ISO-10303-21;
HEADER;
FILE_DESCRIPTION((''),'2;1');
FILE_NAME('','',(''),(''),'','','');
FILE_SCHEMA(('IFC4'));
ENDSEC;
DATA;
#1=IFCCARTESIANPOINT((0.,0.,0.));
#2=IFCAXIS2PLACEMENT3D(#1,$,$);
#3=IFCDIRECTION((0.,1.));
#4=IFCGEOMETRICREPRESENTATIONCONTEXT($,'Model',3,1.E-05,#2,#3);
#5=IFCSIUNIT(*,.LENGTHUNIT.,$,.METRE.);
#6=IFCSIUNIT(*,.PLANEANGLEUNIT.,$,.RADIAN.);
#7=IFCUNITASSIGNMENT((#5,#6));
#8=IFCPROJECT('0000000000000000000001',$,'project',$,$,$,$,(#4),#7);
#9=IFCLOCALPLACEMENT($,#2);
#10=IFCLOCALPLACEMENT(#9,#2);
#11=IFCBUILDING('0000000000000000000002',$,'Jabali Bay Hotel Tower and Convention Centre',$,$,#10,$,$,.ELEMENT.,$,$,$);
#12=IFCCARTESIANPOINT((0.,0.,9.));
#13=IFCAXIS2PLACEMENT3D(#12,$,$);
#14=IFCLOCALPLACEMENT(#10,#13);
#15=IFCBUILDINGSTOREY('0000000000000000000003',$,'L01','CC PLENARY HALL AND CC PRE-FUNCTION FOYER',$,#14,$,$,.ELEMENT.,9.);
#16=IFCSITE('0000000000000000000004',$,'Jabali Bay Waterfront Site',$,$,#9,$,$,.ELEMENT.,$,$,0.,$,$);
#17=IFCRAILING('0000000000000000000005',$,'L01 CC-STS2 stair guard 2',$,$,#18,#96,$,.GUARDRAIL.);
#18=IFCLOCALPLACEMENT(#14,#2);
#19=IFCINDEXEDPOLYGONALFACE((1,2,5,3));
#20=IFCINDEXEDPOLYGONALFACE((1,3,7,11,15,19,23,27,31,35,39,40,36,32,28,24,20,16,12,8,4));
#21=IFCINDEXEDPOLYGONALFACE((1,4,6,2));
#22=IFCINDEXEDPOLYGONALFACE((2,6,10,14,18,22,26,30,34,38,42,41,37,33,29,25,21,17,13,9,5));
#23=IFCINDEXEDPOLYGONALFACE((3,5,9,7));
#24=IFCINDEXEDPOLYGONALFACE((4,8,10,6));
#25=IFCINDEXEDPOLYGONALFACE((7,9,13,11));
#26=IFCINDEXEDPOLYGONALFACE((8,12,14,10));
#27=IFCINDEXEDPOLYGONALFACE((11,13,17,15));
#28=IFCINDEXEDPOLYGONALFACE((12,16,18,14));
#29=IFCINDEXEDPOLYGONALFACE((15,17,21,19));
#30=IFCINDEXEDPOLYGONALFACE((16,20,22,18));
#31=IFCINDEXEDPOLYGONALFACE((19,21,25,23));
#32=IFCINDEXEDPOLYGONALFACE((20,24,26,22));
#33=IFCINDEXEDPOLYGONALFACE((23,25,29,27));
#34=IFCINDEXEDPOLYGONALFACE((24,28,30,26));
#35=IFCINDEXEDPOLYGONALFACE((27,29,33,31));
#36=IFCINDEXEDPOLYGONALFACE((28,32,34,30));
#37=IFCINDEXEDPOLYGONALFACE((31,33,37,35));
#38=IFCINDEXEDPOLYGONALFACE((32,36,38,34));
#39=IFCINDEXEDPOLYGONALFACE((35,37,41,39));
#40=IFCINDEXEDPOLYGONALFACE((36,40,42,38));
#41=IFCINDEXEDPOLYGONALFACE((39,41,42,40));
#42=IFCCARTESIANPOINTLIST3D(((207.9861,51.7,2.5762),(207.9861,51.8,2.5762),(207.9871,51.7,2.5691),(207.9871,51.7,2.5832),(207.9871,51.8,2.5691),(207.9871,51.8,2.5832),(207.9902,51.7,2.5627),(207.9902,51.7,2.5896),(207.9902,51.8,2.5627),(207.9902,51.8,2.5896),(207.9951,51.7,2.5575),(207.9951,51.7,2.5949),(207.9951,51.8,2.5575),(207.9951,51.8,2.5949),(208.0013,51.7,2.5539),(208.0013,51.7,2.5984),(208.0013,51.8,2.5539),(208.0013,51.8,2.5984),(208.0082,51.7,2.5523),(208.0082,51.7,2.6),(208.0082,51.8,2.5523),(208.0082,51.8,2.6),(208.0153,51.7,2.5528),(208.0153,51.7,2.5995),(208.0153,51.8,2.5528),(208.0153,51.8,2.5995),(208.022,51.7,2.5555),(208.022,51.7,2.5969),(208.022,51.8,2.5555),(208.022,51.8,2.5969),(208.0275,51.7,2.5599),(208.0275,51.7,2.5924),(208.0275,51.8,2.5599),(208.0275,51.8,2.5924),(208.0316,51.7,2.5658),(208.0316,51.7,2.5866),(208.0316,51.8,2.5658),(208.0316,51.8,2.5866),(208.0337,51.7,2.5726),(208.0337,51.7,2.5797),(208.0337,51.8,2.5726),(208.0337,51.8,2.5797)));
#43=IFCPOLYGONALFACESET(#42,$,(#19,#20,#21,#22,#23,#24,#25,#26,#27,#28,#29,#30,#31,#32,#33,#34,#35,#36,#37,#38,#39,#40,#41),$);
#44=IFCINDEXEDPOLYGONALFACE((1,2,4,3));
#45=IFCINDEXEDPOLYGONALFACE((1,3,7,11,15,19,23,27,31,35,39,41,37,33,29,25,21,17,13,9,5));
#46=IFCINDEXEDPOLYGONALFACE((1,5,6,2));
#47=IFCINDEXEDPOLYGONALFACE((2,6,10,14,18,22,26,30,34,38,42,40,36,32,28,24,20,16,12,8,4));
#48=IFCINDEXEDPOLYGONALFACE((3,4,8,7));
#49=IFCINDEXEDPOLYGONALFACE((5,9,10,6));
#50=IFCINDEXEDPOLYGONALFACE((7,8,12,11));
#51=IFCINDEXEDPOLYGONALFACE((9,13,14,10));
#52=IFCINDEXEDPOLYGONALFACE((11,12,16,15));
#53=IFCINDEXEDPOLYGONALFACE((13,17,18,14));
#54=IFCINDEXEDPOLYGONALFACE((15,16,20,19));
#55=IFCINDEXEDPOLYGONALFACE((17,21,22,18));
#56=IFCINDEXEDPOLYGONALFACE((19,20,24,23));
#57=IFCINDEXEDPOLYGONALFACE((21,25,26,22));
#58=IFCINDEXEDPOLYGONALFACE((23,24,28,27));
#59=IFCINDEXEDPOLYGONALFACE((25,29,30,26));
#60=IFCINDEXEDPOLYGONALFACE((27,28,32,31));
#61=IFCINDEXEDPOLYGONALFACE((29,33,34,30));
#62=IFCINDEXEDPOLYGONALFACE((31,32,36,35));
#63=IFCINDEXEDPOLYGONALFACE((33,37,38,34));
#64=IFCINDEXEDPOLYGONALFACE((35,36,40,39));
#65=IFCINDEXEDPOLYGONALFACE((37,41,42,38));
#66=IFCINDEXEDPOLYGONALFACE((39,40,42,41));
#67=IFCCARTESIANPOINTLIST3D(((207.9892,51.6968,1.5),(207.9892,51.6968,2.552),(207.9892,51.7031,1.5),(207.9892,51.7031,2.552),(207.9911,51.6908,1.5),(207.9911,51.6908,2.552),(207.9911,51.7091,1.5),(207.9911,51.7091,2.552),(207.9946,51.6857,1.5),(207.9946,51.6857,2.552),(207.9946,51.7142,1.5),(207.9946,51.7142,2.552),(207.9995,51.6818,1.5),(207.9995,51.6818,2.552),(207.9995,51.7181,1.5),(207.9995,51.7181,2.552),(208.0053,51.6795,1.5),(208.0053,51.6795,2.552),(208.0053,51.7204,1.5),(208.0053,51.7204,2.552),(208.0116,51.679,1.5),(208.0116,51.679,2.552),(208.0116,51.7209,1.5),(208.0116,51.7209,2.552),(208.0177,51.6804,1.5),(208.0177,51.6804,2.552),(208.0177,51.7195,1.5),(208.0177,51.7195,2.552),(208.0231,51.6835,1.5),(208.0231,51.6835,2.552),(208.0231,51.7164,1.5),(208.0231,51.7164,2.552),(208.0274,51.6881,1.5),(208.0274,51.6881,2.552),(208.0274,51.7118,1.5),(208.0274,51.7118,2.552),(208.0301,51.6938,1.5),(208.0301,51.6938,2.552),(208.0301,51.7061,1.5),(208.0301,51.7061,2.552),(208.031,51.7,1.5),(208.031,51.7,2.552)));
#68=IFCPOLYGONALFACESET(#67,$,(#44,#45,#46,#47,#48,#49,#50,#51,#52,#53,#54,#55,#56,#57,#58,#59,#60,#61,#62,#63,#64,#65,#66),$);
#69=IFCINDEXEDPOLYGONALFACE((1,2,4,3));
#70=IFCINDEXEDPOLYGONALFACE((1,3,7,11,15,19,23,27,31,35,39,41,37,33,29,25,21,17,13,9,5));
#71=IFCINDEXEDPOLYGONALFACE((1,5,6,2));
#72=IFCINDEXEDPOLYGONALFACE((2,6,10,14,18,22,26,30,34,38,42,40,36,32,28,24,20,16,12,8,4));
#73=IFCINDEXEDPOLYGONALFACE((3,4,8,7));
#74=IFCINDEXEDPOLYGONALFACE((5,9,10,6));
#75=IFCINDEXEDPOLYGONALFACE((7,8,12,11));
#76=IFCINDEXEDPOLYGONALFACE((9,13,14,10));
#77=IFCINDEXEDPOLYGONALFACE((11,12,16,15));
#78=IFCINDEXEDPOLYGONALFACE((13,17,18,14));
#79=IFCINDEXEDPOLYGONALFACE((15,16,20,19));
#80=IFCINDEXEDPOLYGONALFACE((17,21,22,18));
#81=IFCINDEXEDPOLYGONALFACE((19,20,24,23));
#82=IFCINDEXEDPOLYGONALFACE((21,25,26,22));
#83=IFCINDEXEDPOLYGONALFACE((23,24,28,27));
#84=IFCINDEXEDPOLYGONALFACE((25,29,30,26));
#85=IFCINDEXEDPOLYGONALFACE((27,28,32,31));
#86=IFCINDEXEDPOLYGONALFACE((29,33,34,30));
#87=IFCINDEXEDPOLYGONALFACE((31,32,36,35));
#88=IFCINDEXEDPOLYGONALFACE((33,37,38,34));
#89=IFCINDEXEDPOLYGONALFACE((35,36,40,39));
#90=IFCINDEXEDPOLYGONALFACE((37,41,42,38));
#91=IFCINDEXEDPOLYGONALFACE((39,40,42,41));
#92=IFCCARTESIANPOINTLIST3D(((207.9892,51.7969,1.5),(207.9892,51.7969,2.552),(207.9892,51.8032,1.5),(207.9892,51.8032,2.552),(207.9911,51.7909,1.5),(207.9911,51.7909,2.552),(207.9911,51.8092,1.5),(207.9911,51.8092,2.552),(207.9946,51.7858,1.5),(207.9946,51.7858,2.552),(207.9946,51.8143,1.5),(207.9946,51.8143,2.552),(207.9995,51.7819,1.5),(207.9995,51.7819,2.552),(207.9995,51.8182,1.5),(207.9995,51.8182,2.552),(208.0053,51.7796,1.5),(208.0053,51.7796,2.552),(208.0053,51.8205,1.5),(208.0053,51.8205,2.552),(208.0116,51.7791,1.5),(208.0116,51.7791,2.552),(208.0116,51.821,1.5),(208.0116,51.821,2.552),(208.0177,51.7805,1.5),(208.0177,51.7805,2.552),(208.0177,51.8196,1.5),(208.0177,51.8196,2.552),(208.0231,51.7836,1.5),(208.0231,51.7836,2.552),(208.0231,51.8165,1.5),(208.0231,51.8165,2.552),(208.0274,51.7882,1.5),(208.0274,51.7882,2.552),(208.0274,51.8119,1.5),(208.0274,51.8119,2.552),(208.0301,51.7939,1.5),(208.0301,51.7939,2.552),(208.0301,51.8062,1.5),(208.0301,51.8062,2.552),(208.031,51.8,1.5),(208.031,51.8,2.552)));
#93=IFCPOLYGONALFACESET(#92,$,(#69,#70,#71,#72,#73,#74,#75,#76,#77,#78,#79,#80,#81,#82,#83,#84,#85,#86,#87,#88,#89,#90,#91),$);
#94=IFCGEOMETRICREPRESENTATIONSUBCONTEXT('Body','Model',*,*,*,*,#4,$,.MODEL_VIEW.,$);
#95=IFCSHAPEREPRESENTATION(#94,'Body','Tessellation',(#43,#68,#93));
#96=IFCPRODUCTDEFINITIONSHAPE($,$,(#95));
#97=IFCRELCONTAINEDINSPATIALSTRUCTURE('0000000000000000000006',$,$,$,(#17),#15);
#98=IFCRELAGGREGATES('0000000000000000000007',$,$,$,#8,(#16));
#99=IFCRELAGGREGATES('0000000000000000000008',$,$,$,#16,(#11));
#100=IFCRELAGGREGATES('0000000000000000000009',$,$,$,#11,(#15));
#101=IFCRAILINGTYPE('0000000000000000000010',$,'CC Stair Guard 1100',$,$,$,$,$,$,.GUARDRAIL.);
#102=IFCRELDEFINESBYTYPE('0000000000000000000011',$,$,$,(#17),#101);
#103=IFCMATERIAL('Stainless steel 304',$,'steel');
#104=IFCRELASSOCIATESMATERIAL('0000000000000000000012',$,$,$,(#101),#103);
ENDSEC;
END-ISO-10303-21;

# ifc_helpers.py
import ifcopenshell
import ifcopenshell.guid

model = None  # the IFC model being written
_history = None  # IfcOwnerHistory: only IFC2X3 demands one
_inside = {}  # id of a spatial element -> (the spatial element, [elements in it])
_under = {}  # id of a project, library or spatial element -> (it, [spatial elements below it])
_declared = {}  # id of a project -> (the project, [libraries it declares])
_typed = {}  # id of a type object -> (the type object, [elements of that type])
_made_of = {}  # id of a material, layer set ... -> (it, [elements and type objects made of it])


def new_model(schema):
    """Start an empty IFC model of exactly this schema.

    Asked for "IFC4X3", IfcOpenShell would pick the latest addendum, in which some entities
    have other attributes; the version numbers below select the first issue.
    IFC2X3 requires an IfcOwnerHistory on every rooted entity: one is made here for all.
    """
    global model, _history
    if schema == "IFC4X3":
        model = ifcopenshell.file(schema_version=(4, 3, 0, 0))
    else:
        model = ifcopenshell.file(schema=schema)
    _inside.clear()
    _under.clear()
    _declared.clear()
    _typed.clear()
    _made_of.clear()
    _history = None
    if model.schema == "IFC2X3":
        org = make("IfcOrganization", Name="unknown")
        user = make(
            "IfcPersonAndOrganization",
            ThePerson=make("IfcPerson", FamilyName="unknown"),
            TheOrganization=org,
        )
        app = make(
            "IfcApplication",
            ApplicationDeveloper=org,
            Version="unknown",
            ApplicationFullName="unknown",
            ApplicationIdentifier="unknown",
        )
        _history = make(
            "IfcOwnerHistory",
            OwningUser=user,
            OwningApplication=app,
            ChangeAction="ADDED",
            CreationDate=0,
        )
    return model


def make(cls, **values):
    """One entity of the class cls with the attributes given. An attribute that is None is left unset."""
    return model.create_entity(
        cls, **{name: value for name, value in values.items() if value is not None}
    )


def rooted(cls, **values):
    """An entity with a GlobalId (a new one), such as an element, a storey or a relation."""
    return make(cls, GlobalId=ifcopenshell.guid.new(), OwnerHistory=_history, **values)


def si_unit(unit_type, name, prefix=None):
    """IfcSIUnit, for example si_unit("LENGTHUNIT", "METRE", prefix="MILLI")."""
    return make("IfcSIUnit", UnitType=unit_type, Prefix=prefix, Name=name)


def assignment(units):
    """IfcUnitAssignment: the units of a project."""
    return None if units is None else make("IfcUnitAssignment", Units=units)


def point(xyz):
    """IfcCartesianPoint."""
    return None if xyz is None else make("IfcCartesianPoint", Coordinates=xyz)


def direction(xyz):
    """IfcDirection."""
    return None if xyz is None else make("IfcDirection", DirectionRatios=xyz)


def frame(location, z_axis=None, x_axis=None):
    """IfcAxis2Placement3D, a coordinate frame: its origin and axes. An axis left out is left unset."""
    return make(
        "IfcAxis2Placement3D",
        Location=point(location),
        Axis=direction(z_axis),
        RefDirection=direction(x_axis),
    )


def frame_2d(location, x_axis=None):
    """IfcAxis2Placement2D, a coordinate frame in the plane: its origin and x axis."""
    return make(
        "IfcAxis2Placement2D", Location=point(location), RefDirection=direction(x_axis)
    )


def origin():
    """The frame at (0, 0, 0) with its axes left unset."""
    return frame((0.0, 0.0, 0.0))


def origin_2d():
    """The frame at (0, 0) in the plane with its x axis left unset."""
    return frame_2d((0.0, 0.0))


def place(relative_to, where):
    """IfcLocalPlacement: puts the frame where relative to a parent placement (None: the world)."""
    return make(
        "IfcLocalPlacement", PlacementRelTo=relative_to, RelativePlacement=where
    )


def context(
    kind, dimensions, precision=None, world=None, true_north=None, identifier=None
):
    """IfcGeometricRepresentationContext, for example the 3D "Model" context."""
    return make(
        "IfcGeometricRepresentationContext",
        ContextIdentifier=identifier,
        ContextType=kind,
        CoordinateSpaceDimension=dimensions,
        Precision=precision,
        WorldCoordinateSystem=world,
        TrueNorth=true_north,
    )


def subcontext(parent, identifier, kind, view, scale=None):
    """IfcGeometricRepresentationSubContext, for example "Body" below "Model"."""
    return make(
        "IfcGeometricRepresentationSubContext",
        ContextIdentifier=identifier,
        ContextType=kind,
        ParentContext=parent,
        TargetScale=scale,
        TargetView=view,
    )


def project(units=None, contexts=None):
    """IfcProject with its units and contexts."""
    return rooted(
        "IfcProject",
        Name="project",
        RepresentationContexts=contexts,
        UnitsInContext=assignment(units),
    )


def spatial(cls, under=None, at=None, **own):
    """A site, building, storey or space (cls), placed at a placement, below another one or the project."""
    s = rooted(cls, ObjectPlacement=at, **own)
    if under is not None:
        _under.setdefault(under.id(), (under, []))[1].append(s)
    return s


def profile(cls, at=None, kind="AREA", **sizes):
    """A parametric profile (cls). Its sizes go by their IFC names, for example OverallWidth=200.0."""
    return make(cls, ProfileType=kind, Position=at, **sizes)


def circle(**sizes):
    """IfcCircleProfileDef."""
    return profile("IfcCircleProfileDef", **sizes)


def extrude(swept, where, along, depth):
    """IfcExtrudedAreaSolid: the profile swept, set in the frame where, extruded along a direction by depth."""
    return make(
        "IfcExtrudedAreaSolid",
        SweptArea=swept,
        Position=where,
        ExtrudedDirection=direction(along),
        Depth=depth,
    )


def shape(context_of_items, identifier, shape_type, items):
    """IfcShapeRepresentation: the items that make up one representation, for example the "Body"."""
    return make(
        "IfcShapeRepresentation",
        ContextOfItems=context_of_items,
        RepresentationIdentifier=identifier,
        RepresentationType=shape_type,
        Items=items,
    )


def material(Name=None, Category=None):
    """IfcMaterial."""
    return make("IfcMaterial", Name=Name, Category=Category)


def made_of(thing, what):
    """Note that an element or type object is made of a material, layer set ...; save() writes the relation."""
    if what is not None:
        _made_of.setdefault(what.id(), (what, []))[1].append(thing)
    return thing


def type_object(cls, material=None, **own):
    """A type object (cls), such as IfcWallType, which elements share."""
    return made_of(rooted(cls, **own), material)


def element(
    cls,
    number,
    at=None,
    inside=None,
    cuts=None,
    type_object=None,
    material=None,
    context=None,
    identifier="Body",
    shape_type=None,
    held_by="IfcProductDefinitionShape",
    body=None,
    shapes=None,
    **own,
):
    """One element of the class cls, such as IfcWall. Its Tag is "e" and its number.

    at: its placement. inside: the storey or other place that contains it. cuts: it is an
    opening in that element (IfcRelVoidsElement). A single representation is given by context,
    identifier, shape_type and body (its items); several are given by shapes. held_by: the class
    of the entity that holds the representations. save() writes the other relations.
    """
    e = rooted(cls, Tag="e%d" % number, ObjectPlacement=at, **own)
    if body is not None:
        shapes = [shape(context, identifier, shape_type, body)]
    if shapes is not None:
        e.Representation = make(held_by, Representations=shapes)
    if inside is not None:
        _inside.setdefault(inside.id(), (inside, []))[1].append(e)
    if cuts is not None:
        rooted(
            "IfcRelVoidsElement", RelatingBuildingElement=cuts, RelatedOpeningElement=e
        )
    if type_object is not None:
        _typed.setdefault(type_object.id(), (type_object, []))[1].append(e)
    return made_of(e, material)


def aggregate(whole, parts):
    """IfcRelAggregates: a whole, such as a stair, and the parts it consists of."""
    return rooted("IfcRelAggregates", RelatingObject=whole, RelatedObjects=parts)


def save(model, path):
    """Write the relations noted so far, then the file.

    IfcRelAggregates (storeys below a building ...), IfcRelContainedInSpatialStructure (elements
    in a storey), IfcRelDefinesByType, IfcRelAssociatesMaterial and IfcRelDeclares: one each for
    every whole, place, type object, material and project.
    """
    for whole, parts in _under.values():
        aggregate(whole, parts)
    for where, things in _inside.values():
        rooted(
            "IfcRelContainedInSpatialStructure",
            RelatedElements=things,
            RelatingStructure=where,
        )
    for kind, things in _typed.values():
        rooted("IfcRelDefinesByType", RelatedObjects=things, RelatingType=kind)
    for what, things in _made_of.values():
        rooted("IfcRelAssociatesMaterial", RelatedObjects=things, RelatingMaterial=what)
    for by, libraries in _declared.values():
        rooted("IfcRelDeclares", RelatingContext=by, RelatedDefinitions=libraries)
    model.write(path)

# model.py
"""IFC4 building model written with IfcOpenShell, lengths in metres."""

from ifc_helpers import new_model, si_unit, direction, frame, origin, origin_2d, place, context, subcontext, project, spatial, circle, extrude, material, type_object, element, save


model = new_model("IFC4")

# Units and contexts
model_context = context("Model", 3, precision=1e-05, world=origin(), true_north=direction((0.0, 1.0)))
body_context = subcontext(model_context, "Body", "Model", "MODEL_VIEW")
ifc_project = project(units=[si_unit("LENGTHUNIT", "METRE"), si_unit("PLANEANGLEUNIT", "RADIAN")], contexts=[model_context])

# Site, building, storey
site_placement = place(None, origin())
site = spatial("IfcSite", under=ifc_project, at=site_placement, Name="Jabali Bay Waterfront Site", CompositionType="ELEMENT", RefElevation=0.0)
building_placement = place(site_placement, origin())
building = spatial("IfcBuilding", under=site, at=building_placement, Name="Jabali Bay Hotel Tower and Convention Centre", CompositionType="ELEMENT")
storey_placement = place(building_placement, frame((0.0, 0.0, 9.0)))
storey = spatial("IfcBuildingStorey", under=building, at=storey_placement, Name="L01", Description="CC PLENARY HALL AND CC PRE-FUNCTION FOYER", CompositionType="ELEMENT", Elevation=9.0)

# Railing
ifc_material_1 = material(Name="Stainless steel 304", Category="steel")
railing_type_1 = type_object("IfcRailingType", Name="CC Stair Guard 1100", PredefinedType="GUARDRAIL", material=ifc_material_1)
railing_1_placement = place(storey_placement, frame((208.01, 51.7, 1.5)))
element("IfcRailing", 1, at=railing_1_placement, inside=storey, type_object=railing_type_1, Name="L01 CC-STS2 stair guard 2", PredefinedType="GUARDRAIL", context=body_context, shape_type="SweptSolid", body=[
    extrude(circle(Radius=0.0239, at=origin_2d()), frame((0.0, 0.0, 1.0762), z_axis=(0.0, 1.0, 0.0), x_axis=(-1.0, 0.0, 0.0)), (0.0, 0.0, 1.0), 0.1001),
    extrude(circle(Radius=0.021, at=origin_2d()), origin(), (0.0, 0.0, 1.0), 1.052),
    extrude(circle(Radius=0.021, at=origin_2d()), frame((0.0, 0.1001, 0.0)), (0.0, 0.0, 1.0), 1.052),
])

save(model, "model.ifc")
